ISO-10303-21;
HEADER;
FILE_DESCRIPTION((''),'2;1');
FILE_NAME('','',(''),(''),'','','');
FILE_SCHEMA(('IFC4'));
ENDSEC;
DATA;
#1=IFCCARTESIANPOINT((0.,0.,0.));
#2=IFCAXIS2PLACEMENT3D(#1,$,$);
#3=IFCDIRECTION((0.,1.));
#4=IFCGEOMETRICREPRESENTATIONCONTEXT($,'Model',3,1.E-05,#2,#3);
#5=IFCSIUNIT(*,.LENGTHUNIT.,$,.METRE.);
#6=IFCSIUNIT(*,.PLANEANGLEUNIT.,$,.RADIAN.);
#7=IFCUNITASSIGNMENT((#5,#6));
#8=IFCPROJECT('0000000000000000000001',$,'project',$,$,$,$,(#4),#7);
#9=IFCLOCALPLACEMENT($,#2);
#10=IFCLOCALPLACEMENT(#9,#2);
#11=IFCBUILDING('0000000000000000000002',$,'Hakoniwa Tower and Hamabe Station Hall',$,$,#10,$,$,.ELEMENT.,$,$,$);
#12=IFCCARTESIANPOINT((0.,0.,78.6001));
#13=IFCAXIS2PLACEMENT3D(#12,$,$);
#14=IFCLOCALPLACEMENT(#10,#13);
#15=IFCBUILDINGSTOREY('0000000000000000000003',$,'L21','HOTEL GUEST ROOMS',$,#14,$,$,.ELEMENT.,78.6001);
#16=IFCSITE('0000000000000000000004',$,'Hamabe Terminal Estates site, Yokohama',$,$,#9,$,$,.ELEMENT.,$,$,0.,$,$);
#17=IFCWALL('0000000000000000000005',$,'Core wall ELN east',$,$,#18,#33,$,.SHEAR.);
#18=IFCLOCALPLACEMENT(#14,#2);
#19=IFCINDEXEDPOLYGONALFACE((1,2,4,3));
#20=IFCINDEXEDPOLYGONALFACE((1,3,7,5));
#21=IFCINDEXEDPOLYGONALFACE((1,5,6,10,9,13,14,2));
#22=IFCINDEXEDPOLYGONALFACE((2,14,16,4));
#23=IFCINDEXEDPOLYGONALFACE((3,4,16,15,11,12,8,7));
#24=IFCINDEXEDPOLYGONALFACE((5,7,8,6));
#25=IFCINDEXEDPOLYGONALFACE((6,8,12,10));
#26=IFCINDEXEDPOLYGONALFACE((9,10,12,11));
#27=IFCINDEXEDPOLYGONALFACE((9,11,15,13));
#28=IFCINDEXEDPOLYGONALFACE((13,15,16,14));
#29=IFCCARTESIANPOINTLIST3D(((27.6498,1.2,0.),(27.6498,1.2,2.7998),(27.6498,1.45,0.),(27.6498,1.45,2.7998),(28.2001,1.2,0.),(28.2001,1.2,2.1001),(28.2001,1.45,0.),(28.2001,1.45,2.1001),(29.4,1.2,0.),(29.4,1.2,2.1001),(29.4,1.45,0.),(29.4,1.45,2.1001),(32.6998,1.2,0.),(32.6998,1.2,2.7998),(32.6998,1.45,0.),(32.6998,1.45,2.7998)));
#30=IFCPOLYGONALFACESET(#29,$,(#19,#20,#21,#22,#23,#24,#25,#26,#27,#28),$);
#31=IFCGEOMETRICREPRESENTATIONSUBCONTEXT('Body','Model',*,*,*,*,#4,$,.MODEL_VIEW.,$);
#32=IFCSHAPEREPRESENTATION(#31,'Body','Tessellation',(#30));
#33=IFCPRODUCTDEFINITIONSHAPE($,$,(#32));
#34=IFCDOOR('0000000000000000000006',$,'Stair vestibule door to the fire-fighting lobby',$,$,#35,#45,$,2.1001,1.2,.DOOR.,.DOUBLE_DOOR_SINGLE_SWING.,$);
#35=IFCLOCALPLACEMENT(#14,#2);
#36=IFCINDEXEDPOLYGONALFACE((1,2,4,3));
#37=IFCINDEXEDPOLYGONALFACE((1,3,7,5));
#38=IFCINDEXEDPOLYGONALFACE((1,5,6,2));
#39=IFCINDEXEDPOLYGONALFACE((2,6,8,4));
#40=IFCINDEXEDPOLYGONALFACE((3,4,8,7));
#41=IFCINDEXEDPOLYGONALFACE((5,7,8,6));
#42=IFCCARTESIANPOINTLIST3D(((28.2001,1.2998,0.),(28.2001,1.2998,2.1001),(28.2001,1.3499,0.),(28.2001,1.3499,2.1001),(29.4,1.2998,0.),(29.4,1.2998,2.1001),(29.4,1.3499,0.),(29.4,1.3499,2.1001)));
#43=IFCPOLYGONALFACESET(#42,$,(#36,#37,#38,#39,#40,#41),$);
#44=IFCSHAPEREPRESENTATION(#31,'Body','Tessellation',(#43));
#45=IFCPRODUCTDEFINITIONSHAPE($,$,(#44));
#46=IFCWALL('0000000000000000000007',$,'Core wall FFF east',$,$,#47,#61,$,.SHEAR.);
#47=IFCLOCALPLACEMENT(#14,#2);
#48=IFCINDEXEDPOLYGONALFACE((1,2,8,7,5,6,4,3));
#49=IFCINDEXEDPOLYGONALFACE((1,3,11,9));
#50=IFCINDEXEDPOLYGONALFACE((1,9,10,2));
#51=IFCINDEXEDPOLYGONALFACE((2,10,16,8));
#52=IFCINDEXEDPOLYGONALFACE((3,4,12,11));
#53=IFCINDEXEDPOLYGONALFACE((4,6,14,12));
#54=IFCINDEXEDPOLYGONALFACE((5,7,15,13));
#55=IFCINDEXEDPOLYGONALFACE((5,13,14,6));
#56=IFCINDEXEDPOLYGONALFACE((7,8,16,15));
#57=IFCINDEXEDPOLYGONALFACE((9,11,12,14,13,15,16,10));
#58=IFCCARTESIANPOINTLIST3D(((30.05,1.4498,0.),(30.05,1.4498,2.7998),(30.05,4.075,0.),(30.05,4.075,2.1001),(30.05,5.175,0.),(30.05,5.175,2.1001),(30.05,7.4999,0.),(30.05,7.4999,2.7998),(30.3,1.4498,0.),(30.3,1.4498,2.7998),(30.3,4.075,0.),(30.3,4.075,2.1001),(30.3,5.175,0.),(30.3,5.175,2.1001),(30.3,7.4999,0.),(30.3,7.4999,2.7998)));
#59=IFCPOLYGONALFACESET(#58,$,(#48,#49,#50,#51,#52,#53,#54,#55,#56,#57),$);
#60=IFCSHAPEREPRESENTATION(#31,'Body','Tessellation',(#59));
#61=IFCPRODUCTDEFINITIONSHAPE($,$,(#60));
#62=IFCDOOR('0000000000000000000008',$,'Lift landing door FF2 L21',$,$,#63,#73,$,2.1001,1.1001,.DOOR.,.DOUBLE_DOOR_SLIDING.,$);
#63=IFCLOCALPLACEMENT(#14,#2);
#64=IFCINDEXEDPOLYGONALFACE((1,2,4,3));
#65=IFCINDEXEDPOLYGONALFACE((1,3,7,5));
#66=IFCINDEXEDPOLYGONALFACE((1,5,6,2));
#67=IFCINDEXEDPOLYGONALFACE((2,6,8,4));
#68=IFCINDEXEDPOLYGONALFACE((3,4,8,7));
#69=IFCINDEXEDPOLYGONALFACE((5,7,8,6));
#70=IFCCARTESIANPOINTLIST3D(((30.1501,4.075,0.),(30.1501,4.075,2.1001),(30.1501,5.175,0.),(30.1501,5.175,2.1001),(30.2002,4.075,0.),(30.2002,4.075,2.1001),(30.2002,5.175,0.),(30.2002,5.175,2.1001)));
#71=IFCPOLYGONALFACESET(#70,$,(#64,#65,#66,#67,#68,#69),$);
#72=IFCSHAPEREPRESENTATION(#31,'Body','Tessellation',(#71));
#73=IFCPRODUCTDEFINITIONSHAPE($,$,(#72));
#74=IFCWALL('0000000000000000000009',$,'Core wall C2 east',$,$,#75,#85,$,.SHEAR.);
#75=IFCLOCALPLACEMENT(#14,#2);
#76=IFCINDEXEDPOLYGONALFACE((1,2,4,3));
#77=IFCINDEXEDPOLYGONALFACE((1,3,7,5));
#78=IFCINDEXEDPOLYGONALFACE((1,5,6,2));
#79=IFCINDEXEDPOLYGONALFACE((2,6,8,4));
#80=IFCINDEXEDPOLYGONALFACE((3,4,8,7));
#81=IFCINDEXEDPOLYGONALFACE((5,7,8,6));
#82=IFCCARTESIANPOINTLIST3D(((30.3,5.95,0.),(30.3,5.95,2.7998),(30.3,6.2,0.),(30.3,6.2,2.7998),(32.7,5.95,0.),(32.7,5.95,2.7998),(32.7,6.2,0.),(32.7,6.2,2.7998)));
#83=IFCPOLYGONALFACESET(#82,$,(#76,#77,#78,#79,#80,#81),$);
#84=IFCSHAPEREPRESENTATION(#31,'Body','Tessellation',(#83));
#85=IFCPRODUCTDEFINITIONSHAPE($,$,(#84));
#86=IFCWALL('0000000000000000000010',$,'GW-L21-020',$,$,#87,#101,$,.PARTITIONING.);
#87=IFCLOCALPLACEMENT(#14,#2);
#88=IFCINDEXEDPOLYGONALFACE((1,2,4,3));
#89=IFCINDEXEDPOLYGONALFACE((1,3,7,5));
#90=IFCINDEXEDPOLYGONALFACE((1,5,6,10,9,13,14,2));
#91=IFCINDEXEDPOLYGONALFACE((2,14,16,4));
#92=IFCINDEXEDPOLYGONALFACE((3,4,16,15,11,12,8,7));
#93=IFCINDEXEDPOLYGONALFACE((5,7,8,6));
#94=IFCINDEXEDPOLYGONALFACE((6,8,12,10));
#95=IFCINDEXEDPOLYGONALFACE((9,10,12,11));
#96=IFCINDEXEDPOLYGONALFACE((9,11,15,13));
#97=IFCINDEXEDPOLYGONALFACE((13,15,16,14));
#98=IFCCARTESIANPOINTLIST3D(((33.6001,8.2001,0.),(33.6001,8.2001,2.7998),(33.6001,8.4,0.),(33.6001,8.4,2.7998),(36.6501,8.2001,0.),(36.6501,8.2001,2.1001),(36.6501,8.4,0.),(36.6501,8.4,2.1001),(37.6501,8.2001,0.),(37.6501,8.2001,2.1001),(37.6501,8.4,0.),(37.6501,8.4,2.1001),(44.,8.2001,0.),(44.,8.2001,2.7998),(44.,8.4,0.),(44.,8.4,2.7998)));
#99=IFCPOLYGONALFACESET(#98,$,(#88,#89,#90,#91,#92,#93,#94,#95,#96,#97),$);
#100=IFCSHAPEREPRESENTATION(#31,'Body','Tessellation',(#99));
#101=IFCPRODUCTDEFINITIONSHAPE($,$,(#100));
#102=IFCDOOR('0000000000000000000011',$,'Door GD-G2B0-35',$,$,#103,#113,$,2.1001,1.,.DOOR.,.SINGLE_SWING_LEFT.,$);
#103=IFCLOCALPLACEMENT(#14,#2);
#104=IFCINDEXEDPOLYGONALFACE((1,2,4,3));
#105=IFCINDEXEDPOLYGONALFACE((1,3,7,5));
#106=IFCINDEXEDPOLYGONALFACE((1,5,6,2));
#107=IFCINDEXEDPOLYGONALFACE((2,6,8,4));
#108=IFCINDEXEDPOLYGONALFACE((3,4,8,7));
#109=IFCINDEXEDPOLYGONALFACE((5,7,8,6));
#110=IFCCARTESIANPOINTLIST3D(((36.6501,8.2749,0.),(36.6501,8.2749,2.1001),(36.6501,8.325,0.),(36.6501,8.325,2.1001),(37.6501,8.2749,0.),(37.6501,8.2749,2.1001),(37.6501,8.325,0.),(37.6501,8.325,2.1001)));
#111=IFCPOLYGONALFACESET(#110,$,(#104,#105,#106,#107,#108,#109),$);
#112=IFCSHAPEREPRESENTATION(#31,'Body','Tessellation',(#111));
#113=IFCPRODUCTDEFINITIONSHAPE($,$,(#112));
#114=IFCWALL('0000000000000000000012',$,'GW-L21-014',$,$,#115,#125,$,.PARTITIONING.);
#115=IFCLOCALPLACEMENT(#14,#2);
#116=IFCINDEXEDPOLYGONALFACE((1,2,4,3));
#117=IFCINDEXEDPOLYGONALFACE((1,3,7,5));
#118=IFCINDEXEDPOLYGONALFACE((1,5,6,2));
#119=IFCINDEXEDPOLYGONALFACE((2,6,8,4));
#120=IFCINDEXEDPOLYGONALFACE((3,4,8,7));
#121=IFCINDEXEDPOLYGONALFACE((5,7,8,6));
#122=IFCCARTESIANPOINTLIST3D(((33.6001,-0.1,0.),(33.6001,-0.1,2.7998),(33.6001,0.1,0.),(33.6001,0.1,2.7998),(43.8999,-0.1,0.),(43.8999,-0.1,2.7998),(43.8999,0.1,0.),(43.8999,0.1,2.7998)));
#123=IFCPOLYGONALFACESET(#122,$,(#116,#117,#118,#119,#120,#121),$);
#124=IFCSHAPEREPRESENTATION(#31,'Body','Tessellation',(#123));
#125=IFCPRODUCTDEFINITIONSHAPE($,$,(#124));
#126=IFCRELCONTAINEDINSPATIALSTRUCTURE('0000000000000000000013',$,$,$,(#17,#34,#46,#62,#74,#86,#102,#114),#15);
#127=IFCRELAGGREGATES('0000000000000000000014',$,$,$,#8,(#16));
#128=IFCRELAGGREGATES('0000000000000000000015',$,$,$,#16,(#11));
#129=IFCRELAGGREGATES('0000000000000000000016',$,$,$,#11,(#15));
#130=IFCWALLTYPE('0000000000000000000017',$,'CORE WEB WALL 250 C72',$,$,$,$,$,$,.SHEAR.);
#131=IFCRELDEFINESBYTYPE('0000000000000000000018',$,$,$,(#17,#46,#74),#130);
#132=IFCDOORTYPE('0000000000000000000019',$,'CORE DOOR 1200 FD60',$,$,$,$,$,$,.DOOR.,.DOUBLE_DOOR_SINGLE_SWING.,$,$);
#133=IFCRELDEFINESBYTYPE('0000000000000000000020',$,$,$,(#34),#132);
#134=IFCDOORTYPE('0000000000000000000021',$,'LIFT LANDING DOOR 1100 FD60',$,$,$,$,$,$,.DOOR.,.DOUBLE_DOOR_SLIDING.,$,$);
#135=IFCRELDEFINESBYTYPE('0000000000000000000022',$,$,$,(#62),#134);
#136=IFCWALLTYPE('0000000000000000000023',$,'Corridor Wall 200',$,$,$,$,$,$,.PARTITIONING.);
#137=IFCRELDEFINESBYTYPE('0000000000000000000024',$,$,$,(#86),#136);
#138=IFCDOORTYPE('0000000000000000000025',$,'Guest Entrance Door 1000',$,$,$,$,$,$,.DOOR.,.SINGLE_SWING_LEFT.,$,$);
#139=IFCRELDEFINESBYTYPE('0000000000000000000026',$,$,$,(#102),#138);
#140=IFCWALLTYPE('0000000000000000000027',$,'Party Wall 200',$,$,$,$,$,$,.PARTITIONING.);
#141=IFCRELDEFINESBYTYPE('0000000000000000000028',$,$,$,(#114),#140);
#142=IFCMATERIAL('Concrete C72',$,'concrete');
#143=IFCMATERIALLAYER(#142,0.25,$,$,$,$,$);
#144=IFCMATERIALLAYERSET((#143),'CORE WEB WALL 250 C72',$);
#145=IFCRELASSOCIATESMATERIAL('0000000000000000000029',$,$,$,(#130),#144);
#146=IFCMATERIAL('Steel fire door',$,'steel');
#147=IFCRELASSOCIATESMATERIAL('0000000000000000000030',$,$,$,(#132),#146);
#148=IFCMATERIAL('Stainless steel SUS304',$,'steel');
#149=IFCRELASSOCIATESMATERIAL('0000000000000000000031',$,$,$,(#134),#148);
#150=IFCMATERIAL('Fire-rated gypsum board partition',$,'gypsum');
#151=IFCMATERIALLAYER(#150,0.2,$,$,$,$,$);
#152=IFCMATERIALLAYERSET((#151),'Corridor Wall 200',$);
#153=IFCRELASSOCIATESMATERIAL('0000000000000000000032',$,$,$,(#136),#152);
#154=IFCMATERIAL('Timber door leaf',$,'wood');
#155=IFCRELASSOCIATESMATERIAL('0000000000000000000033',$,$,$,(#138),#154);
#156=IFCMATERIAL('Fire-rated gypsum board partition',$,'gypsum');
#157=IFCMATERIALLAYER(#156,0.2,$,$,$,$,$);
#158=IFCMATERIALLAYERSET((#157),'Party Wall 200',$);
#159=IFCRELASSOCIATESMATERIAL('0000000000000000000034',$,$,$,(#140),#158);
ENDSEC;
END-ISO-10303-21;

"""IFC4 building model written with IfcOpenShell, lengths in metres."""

from ifc_helpers import new_model, si_unit, direction, frame, frame_2d, origin, place, context, subcontext, project, spatial, rectangle, extrude, material, layer, layer_set, type_object, element, fill, save


model = new_model("IFC4")

# Units and contexts
model_context = context("Model", 3, precision=1e-05, world=origin(), true_north=direction((0.0, 1.0)))
body_context = subcontext(model_context, "Body", "Model", "MODEL_VIEW")
ifc_project = project(units=[si_unit("LENGTHUNIT", "METRE"), si_unit("PLANEANGLEUNIT", "RADIAN")], contexts=[model_context])

# Site, building, storey
site_placement = place(None, origin())
site = spatial("IfcSite", under=ifc_project, at=site_placement, Name="Hamabe Terminal Estates site, Yokohama", CompositionType="ELEMENT", RefElevation=0.0)
building_placement = place(site_placement, origin())
building = spatial("IfcBuilding", under=site, at=building_placement, Name="Hakoniwa Tower and Hamabe Station Hall", CompositionType="ELEMENT")
storey_placement = place(building_placement, frame((0.0, 0.0, 78.6001)))
storey = spatial("IfcBuildingStorey", under=building, at=storey_placement, Name="L21", Description="HOTEL GUEST ROOMS", CompositionType="ELEMENT", Elevation=78.6001)

# Shared definitions
ifc_material_1 = material(Name="Concrete C72", Category="concrete")
ifc_layer_1 = layer(ifc_material_1, 0.25)
ifc_layer_set_1 = layer_set([ifc_layer_1], Name="CORE WEB WALL 250 C72")
wall_type_1 = type_object("IfcWallType", Name="CORE WEB WALL 250 C72", PredefinedType="SHEAR", material=ifc_layer_set_1)

# Walls, openings, doors
ifc_material_2 = material(Name="Steel fire door", Category="steel")
door_type_1 = type_object("IfcDoorType", Name="CORE DOOR 1200 FD60", OperationType="DOUBLE_DOOR_SINGLE_SWING", PredefinedType="DOOR", material=ifc_material_2)
wall_1_placement = place(storey_placement, frame((27.6499, 1.325, 0.0), z_axis=(0.0, 0.0, 1.0), x_axis=(1.0, 0.0, 0.0)))
wall_1 = element("IfcWall", 1, at=wall_1_placement, inside=storey, type_object=wall_type_1, Name="Core wall ELN east", PredefinedType="SHEAR", context=body_context, shape_type="SweptSolid", body=[
    extrude(rectangle(XDim=5.05, YDim=0.25, at=frame_2d((2.5249, 0.0))), origin(), (0.0, 0.0, 1.0), 2.7998),
])
opening_1_placement = place(wall_1_placement, frame((0.55, 0.0, 0.0)))
opening_1 = element("IfcOpeningElement", 2, at=opening_1_placement, cuts=wall_1, PredefinedType="OPENING", context=body_context, shape_type="SweptSolid", body=[
    extrude(rectangle(XDim=1.2, YDim=2.1001, at=frame_2d((0.6001, 1.05))), frame((0.0, 0.135, 0.0), z_axis=(0.0, -1.0, 0.0), x_axis=(1.0, 0.0, 0.0)), (0.0, 0.0, 1.0), 0.27),
])
door_1_placement = place(opening_1_placement, origin())
door_1 = element("IfcDoor", 3, at=door_1_placement, inside=storey, type_object=door_type_1, Name="Stair vestibule door to the fire-fighting lobby", OperationType="DOUBLE_DOOR_SINGLE_SWING", OverallHeight=2.1001, OverallWidth=1.2, PredefinedType="DOOR", context=body_context, shape_type="SweptSolid", body=[
    extrude(rectangle(XDim=1.2, YDim=2.1001, at=frame_2d((0.6001, 1.05))), frame((0.0, 0.0249, 0.0), z_axis=(0.0, -1.0, 0.0), x_axis=(1.0, 0.0, 0.0)), (0.0, 0.0, 1.0), 0.05),
])
fill(opening_1, door_1)
wall_2_placement = place(storey_placement, frame((30.175, 1.45, 0.0), z_axis=(0.0, 0.0, 1.0), x_axis=(0.0, 1.0, 0.0)))
wall_2 = element("IfcWall", 4, at=wall_2_placement, inside=storey, type_object=wall_type_1, Name="Core wall FFF east", PredefinedType="SHEAR", context=body_context, shape_type="SweptSolid", body=[
    extrude(rectangle(XDim=6.05, YDim=0.25, at=frame_2d((3.0249, 0.0))), origin(), (0.0, 0.0, 1.0), 2.7998),
])
opening_2_placement = place(wall_2_placement, frame((2.625, 0.0, 0.0)))
opening_2 = element("IfcOpeningElement", 5, at=opening_2_placement, cuts=wall_2, PredefinedType="OPENING", context=body_context, shape_type="SweptSolid", body=[
    extrude(rectangle(XDim=1.1001, YDim=2.1001, at=frame_2d((0.55, 1.05))), frame((0.0, 0.135, 0.0), z_axis=(0.0, -1.0, 0.0), x_axis=(1.0, 0.0, 0.0)), (0.0, 0.0, 1.0), 0.27),
])
ifc_material_3 = material(Name="Stainless steel SUS304", Category="steel")
door_type_2 = type_object("IfcDoorType", Name="LIFT LANDING DOOR 1100 FD60", OperationType="DOUBLE_DOOR_SLIDING", PredefinedType="DOOR", material=ifc_material_3)
door_2_placement = place(opening_2_placement, origin())
door_2 = element("IfcDoor", 6, at=door_2_placement, inside=storey, type_object=door_type_2, Name="Lift landing door FF2 L21", OperationType="DOUBLE_DOOR_SLIDING", OverallHeight=2.1001, OverallWidth=1.1001, PredefinedType="DOOR", context=body_context, shape_type="SweptSolid", body=[
    extrude(rectangle(XDim=1.1001, YDim=2.1001, at=frame_2d((0.55, 1.05))), frame((0.0, 0.0249, 0.0), z_axis=(0.0, -1.0, 0.0), x_axis=(1.0, 0.0, 0.0)), (0.0, 0.0, 1.0), 0.05),
])
fill(opening_2, door_2)

# Wall
wall_3_placement = place(storey_placement, frame((30.3, 6.075, 0.0), z_axis=(0.0, 0.0, 1.0), x_axis=(1.0, 0.0, 0.0)))
element("IfcWall", 7, at=wall_3_placement, inside=storey, type_object=wall_type_1, Name="Core wall C2 east", PredefinedType="SHEAR", context=body_context, shape_type="SweptSolid", body=[
    extrude(rectangle(XDim=2.3999, YDim=0.25, at=frame_2d((1.2, 0.0))), origin(), (0.0, 0.0, 1.0), 2.7998),
])

# Wall, opening, door
ifc_material_4 = material(Name="Fire-rated gypsum board partition", Category="gypsum")
ifc_layer_2 = layer(ifc_material_4, 0.2)
ifc_layer_set_2 = layer_set([ifc_layer_2], Name="Corridor Wall 200")
wall_type_2 = type_object("IfcWallType", Name="Corridor Wall 200", PredefinedType="PARTITIONING", material=ifc_layer_set_2)
wall_4_placement = place(storey_placement, frame((33.6001, 8.3, 0.0), z_axis=(0.0, 0.0, 1.0), x_axis=(1.0, 0.0, 0.0)))
wall_4 = element("IfcWall", 8, at=wall_4_placement, inside=storey, type_object=wall_type_2, Name="GW-L21-020", PredefinedType="PARTITIONING", context=body_context, shape_type="SweptSolid", body=[
    extrude(rectangle(XDim=10.3999, YDim=0.2, at=frame_2d((5.2, 0.0))), origin(), (0.0, 0.0, 1.0), 2.7998),
])
opening_3_placement = place(wall_4_placement, frame((3.05, 0.0, 0.0)))
opening_3 = element("IfcOpeningElement", 9, at=opening_3_placement, cuts=wall_4, PredefinedType="OPENING", context=body_context, shape_type="SweptSolid", body=[
    extrude(rectangle(XDim=1.0, YDim=2.1001, at=frame_2d((0.5, 1.05))), frame((0.0, 0.1099, 0.0), z_axis=(0.0, -1.0, 0.0), x_axis=(1.0, 0.0, 0.0)), (0.0, 0.0, 1.0), 0.22),
])
ifc_material_5 = material(Name="Timber door leaf", Category="wood")
door_type_3 = type_object("IfcDoorType", Name="Guest Entrance Door 1000", OperationType="SINGLE_SWING_LEFT", PredefinedType="DOOR", material=ifc_material_5)
door_3_placement = place(opening_3_placement, origin())
door_3 = element("IfcDoor", 10, at=door_3_placement, inside=storey, type_object=door_type_3, Name="Door GD-G2B0-35", OperationType="SINGLE_SWING_LEFT", OverallHeight=2.1001, OverallWidth=1.0, PredefinedType="DOOR", context=body_context, shape_type="SweptSolid", body=[
    extrude(rectangle(XDim=1.0, YDim=2.1001, at=frame_2d((0.5, 1.05))), frame((0.0, 0.0249, 0.0), z_axis=(0.0, -1.0, 0.0), x_axis=(1.0, 0.0, 0.0)), (0.0, 0.0, 1.0), 0.05),
])
fill(opening_3, door_3)

# Wall
ifc_material_6 = material(Name="Fire-rated gypsum board partition", Category="gypsum")
ifc_layer_3 = layer(ifc_material_6, 0.2)
ifc_layer_set_3 = layer_set([ifc_layer_3], Name="Party Wall 200")
wall_type_3 = type_object("IfcWallType", Name="Party Wall 200", PredefinedType="PARTITIONING", material=ifc_layer_set_3)
wall_5_placement = place(storey_placement, frame((33.6001, 0.0, 0.0), z_axis=(0.0, 0.0, 1.0), x_axis=(1.0, 0.0, 0.0)))
element("IfcWall", 11, at=wall_5_placement, inside=storey, type_object=wall_type_3, Name="GW-L21-014", PredefinedType="PARTITIONING", context=body_context, shape_type="SweptSolid", body=[
    extrude(rectangle(XDim=10.2998, YDim=0.2, at=frame_2d((5.1499, 0.0))), origin(), (0.0, 0.0, 1.0), 2.7998),
])

save(model, "model.ifc")
